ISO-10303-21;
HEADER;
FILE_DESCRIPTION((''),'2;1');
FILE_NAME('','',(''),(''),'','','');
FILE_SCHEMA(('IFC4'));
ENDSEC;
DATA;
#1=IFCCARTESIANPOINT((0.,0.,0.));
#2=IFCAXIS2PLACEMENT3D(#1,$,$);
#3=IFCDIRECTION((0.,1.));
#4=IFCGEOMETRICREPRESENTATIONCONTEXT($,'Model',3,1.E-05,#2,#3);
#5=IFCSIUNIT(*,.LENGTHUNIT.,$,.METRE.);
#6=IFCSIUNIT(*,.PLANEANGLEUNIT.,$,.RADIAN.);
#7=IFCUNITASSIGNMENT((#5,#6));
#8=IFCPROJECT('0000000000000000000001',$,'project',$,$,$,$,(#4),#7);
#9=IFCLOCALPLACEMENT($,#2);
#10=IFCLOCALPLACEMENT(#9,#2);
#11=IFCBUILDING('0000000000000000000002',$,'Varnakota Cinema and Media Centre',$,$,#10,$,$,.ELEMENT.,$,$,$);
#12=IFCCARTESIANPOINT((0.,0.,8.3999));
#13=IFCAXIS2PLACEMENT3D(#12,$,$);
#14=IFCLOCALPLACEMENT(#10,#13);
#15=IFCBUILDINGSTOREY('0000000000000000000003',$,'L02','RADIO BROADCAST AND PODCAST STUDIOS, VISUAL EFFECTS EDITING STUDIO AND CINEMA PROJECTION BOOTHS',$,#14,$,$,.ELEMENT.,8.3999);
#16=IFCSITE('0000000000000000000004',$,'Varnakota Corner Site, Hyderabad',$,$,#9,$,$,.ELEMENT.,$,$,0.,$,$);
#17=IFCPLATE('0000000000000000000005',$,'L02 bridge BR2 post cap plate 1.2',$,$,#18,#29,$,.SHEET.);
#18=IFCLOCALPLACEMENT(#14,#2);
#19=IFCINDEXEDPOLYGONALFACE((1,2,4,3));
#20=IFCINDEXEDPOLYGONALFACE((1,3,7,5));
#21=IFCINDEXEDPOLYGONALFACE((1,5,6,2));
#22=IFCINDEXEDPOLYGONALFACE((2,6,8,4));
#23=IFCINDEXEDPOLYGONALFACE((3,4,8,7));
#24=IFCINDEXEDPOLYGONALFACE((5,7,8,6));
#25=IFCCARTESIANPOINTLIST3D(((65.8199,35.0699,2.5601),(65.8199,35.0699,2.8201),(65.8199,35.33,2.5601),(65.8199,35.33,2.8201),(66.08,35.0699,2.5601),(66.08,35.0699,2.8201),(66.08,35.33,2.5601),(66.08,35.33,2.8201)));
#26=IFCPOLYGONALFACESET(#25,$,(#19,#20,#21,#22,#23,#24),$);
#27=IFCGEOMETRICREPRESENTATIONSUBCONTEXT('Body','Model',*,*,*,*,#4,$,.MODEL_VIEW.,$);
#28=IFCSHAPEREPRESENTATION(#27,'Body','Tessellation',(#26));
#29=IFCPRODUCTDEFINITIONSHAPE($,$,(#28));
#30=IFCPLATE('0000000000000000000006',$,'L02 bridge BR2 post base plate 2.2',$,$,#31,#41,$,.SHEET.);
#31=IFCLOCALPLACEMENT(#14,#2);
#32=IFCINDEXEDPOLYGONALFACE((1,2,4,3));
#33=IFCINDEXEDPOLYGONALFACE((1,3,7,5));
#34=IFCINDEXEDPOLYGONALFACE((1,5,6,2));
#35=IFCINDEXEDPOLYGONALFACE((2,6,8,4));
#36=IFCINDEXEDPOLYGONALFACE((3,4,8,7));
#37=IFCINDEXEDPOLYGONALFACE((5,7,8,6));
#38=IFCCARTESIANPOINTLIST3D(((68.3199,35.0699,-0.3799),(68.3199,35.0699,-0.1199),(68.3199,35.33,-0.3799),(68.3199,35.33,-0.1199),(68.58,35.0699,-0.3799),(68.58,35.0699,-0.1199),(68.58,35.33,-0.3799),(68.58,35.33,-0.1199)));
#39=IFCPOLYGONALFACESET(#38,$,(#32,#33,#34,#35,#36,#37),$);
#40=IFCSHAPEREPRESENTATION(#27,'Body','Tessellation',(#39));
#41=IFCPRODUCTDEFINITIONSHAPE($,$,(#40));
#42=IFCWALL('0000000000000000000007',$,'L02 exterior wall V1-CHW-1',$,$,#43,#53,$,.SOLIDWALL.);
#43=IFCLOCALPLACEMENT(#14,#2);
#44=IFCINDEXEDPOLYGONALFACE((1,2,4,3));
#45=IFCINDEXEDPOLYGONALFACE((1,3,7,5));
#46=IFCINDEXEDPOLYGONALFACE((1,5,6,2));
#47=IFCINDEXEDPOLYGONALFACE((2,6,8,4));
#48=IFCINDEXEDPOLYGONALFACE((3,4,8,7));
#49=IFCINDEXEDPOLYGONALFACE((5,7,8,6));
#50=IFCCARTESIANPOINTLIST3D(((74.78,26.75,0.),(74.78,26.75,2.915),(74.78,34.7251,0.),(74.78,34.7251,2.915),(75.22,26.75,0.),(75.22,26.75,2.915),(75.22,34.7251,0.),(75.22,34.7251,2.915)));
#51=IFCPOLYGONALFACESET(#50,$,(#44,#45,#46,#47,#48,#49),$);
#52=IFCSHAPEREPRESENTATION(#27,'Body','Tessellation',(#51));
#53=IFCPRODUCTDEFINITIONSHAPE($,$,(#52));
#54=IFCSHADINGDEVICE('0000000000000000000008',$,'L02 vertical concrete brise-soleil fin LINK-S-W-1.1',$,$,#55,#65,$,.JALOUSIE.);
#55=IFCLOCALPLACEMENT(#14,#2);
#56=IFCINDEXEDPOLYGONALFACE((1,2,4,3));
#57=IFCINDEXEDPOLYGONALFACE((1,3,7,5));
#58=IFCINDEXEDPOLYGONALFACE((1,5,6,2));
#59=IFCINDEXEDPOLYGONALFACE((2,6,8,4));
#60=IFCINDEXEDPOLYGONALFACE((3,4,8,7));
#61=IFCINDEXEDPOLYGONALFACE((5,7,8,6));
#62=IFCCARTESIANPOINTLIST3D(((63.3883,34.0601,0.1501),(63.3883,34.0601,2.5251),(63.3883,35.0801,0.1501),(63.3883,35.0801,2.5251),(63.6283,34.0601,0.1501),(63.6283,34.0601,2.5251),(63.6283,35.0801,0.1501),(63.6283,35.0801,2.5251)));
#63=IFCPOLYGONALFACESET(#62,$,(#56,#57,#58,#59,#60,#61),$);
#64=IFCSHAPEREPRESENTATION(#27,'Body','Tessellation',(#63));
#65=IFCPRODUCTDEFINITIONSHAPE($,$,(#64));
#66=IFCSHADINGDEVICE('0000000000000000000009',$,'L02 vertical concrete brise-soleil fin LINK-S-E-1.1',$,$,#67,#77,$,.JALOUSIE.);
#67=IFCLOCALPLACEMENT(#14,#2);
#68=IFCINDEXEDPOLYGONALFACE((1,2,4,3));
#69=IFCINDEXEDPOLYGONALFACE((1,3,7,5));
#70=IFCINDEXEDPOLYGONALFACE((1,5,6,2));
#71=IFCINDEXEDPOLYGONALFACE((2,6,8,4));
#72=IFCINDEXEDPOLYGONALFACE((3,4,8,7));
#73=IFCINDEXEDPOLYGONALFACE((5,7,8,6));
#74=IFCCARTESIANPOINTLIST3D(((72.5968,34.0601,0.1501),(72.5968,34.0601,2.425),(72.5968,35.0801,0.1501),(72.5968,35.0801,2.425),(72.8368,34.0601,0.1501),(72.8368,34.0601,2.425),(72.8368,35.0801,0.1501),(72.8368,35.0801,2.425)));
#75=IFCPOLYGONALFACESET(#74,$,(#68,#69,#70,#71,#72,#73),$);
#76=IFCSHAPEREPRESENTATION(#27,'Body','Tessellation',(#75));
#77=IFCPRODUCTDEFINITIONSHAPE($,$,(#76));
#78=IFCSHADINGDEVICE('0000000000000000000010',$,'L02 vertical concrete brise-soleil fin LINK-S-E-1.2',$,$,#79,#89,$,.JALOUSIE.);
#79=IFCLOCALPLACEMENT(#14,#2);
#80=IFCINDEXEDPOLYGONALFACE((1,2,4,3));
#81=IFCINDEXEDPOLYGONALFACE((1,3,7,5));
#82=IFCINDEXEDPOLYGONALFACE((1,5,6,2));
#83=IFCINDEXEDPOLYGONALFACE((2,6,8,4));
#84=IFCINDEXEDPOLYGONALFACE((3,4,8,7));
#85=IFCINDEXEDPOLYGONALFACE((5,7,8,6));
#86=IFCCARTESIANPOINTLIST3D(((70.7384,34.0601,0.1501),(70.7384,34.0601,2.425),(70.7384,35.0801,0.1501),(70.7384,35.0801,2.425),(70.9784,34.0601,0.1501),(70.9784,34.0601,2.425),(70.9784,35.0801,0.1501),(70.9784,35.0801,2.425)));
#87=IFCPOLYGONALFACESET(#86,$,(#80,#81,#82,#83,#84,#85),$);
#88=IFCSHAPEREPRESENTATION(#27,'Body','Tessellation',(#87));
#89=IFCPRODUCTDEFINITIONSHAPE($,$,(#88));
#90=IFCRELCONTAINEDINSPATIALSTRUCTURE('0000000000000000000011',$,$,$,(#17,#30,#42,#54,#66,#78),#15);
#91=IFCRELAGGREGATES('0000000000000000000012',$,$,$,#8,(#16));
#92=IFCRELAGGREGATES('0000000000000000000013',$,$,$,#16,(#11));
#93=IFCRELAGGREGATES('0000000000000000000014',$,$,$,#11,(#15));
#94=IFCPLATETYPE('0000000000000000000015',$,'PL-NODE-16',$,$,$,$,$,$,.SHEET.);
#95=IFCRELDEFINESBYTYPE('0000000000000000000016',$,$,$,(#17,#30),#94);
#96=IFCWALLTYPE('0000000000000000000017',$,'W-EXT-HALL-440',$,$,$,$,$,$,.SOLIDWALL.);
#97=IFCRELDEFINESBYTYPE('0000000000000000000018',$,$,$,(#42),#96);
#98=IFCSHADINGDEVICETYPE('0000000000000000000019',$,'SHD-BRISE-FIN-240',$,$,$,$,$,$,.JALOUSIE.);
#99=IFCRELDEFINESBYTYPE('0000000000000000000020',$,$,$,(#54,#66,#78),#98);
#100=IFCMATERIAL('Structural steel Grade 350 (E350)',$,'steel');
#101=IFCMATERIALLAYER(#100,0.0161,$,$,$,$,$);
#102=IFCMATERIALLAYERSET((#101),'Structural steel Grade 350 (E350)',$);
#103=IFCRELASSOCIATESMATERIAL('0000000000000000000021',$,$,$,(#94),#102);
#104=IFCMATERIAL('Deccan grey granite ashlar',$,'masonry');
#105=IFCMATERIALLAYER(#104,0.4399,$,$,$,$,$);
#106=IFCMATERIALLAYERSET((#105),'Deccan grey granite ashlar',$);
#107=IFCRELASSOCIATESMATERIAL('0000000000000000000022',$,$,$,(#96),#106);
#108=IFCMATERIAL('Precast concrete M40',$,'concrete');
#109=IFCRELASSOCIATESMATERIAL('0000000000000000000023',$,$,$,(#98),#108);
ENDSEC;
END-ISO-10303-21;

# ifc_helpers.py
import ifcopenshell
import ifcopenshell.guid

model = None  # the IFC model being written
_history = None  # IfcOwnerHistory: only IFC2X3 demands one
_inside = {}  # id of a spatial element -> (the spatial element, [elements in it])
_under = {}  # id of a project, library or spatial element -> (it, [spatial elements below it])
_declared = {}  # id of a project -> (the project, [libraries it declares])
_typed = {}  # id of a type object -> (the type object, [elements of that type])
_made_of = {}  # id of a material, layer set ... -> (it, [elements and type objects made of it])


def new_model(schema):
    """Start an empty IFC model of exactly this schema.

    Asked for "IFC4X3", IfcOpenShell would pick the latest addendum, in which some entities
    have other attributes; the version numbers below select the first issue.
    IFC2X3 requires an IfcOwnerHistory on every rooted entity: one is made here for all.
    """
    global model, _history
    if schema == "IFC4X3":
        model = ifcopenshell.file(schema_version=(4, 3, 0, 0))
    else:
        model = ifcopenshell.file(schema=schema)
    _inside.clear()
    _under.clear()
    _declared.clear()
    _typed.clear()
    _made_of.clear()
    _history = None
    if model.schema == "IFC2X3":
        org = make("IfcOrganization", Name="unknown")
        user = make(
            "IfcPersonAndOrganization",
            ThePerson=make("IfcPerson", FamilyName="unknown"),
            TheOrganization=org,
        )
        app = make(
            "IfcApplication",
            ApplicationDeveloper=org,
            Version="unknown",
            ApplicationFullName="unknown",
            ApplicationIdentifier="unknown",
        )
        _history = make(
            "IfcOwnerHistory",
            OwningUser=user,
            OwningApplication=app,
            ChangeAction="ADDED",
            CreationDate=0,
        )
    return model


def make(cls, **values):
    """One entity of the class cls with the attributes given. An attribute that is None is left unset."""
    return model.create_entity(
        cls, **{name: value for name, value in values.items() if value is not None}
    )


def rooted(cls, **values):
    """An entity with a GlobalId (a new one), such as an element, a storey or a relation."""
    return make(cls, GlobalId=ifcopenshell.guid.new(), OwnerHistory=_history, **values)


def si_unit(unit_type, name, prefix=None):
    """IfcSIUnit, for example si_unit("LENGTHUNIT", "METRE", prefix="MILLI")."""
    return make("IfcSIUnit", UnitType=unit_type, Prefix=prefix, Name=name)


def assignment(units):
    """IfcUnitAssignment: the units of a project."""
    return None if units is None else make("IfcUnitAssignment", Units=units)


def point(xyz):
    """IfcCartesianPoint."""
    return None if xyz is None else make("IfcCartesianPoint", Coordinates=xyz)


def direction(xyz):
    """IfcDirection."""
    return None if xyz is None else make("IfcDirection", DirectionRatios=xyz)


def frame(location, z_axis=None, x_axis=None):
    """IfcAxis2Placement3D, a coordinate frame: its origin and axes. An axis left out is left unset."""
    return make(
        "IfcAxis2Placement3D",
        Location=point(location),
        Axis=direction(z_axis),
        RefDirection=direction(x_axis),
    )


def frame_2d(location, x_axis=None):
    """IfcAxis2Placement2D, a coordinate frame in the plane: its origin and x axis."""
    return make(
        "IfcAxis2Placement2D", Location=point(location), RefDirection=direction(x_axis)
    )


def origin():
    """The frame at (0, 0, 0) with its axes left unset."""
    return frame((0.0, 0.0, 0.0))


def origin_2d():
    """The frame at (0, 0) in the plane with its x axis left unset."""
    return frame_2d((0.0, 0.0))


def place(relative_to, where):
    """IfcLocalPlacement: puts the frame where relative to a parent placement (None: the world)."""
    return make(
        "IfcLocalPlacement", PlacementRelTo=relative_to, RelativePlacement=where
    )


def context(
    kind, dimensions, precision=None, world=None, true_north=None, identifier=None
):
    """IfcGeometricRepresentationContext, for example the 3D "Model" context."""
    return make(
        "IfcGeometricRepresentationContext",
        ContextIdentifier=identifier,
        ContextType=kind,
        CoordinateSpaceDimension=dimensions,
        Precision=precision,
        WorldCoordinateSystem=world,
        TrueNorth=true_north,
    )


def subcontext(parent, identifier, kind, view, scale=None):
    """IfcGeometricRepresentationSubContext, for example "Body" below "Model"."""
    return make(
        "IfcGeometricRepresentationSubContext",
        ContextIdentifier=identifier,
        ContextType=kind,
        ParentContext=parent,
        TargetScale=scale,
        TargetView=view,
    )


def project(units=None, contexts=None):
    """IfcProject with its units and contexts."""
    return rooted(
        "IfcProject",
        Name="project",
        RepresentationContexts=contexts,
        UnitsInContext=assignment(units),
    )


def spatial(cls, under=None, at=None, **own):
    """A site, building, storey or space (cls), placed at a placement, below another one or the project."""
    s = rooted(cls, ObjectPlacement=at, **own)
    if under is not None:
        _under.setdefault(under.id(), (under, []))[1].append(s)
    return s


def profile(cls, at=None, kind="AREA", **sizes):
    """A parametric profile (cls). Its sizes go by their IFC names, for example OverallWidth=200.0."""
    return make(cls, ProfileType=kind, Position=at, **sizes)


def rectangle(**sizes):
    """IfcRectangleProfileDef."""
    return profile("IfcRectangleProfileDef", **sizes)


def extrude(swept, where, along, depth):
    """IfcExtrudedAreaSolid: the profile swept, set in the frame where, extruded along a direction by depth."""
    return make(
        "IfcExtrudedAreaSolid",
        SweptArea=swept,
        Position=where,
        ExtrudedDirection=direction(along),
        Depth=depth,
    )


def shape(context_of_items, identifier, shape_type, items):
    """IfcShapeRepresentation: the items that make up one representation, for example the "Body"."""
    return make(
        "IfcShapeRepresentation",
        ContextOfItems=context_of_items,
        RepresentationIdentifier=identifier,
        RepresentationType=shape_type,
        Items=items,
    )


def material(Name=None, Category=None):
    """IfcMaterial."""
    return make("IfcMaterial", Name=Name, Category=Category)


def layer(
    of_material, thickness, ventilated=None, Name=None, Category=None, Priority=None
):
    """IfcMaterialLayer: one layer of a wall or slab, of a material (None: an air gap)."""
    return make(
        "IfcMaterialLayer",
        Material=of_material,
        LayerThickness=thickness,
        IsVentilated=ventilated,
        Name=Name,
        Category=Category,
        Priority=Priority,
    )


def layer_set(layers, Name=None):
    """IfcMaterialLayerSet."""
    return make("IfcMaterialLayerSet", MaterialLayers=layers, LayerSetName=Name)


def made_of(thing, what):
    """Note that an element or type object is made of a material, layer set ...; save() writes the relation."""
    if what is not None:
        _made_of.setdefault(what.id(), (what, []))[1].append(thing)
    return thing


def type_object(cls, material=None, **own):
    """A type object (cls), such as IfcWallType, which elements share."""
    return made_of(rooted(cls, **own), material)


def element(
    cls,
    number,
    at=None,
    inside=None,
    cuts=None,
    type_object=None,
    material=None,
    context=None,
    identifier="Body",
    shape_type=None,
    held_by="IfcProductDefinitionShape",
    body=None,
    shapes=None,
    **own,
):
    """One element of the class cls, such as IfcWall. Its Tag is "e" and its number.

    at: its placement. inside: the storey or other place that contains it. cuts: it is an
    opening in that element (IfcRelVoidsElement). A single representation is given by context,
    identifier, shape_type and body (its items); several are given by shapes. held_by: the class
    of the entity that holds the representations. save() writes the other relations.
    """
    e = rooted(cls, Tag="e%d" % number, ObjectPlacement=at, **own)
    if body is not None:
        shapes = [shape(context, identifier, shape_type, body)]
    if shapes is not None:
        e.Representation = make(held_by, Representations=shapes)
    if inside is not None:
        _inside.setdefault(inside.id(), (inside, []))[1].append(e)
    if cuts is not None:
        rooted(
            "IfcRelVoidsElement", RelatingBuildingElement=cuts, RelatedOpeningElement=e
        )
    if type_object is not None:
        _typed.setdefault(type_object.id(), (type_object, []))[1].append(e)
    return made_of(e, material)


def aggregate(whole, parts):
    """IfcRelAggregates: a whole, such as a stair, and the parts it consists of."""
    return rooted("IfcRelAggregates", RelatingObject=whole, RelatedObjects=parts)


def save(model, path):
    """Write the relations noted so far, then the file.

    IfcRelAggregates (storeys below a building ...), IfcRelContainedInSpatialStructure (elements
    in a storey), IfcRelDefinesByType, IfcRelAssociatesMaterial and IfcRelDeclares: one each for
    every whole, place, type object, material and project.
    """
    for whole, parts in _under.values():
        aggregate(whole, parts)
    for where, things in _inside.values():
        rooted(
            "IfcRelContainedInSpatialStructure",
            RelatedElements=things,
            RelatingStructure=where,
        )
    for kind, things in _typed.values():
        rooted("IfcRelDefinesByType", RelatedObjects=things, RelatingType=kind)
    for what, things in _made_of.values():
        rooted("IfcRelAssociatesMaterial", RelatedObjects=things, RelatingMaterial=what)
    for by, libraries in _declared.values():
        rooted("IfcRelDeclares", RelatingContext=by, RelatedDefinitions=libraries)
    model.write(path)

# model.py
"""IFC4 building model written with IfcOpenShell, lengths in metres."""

from ifc_helpers import new_model, si_unit, direction, frame, frame_2d, origin, origin_2d, place, context, subcontext, project, spatial, rectangle, extrude, material, layer, layer_set, type_object, element, save


model = new_model("IFC4")

# Units and contexts
model_context = context("Model", 3, precision=1e-05, world=origin(), true_north=direction((0.0, 1.0)))
body_context = subcontext(model_context, "Body", "Model", "MODEL_VIEW")
ifc_project = project(units=[si_unit("LENGTHUNIT", "METRE"), si_unit("PLANEANGLEUNIT", "RADIAN")], contexts=[model_context])

# Site, building, storey
site_placement = place(None, origin())
site = spatial("IfcSite", under=ifc_project, at=site_placement, Name="Varnakota Corner Site, Hyderabad", CompositionType="ELEMENT", RefElevation=0.0)
building_placement = place(site_placement, origin())
building = spatial("IfcBuilding", under=site, at=building_placement, Name="Varnakota Cinema and Media Centre", CompositionType="ELEMENT")
storey_placement = place(building_placement, frame((0.0, 0.0, 8.3999)))
storey = spatial("IfcBuildingStorey", under=building, at=storey_placement, Name="L02", Description="RADIO BROADCAST AND PODCAST STUDIOS, VISUAL EFFECTS EDITING STUDIO AND CINEMA PROJECTION BOOTHS", CompositionType="ELEMENT", Elevation=8.3999)

# Plates
ifc_material_1 = material(Name="Structural steel Grade 350 (E350)", Category="steel")
ifc_layer_1 = layer(ifc_material_1, 0.0161)
ifc_layer_set_1 = layer_set([ifc_layer_1], Name="Structural steel Grade 350 (E350)")
plate_type_1 = type_object("IfcPlateType", Name="PL-NODE-16", PredefinedType="SHEET", material=ifc_layer_set_1)
for number, where, z_axis, x_axis, name in (
    (1, (65.95, 35.2, 2.5601), (0.0, 0.0, 1.0), (1.0, 0.0, 0.0), "L02 bridge BR2 post cap plate 1.2"),
    (2, (68.45, 35.2, -0.3799), (0.0, 0.0, 1.0), (1.0, 0.0, 0.0), "L02 bridge BR2 post base plate 2.2"),
):
    element("IfcPlate", number, at=place(storey_placement, frame(where, z_axis=z_axis, x_axis=x_axis)), inside=storey, type_object=plate_type_1, Name=name, PredefinedType="SHEET", context=body_context, shape_type="SweptSolid", body=[
        extrude(rectangle(XDim=0.26, YDim=0.26, at=origin_2d()), origin(), (0.0, 0.0, 1.0), 0.26),
    ])

# Wall
ifc_material_2 = material(Name="Deccan grey granite ashlar", Category="masonry")
ifc_layer_2 = layer(ifc_material_2, 0.4399)
ifc_layer_set_2 = layer_set([ifc_layer_2], Name="Deccan grey granite ashlar")
wall_type = type_object("IfcWallType", Name="W-EXT-HALL-440", PredefinedType="SOLIDWALL", material=ifc_layer_set_2)
wall_placement = place(storey_placement, frame((75.0, 34.7251, 0.0), z_axis=(0.0, 0.0, 1.0), x_axis=(0.0, -1.0, 0.0)))
element("IfcWall", 3, at=wall_placement, inside=storey, type_object=wall_type, Name="L02 exterior wall V1-CHW-1", PredefinedType="SOLIDWALL", context=body_context, shape_type="SweptSolid", body=[
    extrude(rectangle(XDim=7.9751, YDim=0.4399, at=frame_2d((3.9875, 0.0))), origin(), (0.0, 0.0, 1.0), 2.915),
])

# Shading devices
ifc_material_3 = material(Name="Precast concrete M40", Category="concrete")
shading_device_type = type_object("IfcShadingDeviceType", Name="SHD-BRISE-FIN-240", PredefinedType="JALOUSIE", material=ifc_material_3)
shading_device_placement = place(storey_placement, frame((63.5083, 34.5701, 0.1501), z_axis=(0.0, 0.0, 1.0), x_axis=(-1.0, 0.0, 0.0)))
element("IfcShadingDevice", 4, at=shading_device_placement, inside=storey, type_object=shading_device_type, Name="L02 vertical concrete brise-soleil fin LINK-S-W-1.1", PredefinedType="JALOUSIE", context=body_context, shape_type="SweptSolid", body=[
    extrude(rectangle(XDim=0.24, YDim=1.02, at=origin_2d()), origin(), (0.0, 0.0, 1.0), 2.375),
])
for number, where, z_axis, x_axis, name in (
    (5, (72.7168, 34.5701, 0.1501), (0.0, 0.0, 1.0), (-1.0, 0.0, 0.0), "L02 vertical concrete brise-soleil fin LINK-S-E-1.1"),
    (6, (70.8584, 34.5701, 0.1501), (0.0, 0.0, 1.0), (-1.0, 0.0, 0.0), "L02 vertical concrete brise-soleil fin LINK-S-E-1.2"),
):
    element("IfcShadingDevice", number, at=place(storey_placement, frame(where, z_axis=z_axis, x_axis=x_axis)), inside=storey, type_object=shading_device_type, Name=name, PredefinedType="JALOUSIE", context=body_context, shape_type="SweptSolid", body=[
        extrude(rectangle(XDim=0.24, YDim=1.02, at=origin_2d()), origin(), (0.0, 0.0, 1.0), 2.2749),
    ])

save(model, "model.ifc")
